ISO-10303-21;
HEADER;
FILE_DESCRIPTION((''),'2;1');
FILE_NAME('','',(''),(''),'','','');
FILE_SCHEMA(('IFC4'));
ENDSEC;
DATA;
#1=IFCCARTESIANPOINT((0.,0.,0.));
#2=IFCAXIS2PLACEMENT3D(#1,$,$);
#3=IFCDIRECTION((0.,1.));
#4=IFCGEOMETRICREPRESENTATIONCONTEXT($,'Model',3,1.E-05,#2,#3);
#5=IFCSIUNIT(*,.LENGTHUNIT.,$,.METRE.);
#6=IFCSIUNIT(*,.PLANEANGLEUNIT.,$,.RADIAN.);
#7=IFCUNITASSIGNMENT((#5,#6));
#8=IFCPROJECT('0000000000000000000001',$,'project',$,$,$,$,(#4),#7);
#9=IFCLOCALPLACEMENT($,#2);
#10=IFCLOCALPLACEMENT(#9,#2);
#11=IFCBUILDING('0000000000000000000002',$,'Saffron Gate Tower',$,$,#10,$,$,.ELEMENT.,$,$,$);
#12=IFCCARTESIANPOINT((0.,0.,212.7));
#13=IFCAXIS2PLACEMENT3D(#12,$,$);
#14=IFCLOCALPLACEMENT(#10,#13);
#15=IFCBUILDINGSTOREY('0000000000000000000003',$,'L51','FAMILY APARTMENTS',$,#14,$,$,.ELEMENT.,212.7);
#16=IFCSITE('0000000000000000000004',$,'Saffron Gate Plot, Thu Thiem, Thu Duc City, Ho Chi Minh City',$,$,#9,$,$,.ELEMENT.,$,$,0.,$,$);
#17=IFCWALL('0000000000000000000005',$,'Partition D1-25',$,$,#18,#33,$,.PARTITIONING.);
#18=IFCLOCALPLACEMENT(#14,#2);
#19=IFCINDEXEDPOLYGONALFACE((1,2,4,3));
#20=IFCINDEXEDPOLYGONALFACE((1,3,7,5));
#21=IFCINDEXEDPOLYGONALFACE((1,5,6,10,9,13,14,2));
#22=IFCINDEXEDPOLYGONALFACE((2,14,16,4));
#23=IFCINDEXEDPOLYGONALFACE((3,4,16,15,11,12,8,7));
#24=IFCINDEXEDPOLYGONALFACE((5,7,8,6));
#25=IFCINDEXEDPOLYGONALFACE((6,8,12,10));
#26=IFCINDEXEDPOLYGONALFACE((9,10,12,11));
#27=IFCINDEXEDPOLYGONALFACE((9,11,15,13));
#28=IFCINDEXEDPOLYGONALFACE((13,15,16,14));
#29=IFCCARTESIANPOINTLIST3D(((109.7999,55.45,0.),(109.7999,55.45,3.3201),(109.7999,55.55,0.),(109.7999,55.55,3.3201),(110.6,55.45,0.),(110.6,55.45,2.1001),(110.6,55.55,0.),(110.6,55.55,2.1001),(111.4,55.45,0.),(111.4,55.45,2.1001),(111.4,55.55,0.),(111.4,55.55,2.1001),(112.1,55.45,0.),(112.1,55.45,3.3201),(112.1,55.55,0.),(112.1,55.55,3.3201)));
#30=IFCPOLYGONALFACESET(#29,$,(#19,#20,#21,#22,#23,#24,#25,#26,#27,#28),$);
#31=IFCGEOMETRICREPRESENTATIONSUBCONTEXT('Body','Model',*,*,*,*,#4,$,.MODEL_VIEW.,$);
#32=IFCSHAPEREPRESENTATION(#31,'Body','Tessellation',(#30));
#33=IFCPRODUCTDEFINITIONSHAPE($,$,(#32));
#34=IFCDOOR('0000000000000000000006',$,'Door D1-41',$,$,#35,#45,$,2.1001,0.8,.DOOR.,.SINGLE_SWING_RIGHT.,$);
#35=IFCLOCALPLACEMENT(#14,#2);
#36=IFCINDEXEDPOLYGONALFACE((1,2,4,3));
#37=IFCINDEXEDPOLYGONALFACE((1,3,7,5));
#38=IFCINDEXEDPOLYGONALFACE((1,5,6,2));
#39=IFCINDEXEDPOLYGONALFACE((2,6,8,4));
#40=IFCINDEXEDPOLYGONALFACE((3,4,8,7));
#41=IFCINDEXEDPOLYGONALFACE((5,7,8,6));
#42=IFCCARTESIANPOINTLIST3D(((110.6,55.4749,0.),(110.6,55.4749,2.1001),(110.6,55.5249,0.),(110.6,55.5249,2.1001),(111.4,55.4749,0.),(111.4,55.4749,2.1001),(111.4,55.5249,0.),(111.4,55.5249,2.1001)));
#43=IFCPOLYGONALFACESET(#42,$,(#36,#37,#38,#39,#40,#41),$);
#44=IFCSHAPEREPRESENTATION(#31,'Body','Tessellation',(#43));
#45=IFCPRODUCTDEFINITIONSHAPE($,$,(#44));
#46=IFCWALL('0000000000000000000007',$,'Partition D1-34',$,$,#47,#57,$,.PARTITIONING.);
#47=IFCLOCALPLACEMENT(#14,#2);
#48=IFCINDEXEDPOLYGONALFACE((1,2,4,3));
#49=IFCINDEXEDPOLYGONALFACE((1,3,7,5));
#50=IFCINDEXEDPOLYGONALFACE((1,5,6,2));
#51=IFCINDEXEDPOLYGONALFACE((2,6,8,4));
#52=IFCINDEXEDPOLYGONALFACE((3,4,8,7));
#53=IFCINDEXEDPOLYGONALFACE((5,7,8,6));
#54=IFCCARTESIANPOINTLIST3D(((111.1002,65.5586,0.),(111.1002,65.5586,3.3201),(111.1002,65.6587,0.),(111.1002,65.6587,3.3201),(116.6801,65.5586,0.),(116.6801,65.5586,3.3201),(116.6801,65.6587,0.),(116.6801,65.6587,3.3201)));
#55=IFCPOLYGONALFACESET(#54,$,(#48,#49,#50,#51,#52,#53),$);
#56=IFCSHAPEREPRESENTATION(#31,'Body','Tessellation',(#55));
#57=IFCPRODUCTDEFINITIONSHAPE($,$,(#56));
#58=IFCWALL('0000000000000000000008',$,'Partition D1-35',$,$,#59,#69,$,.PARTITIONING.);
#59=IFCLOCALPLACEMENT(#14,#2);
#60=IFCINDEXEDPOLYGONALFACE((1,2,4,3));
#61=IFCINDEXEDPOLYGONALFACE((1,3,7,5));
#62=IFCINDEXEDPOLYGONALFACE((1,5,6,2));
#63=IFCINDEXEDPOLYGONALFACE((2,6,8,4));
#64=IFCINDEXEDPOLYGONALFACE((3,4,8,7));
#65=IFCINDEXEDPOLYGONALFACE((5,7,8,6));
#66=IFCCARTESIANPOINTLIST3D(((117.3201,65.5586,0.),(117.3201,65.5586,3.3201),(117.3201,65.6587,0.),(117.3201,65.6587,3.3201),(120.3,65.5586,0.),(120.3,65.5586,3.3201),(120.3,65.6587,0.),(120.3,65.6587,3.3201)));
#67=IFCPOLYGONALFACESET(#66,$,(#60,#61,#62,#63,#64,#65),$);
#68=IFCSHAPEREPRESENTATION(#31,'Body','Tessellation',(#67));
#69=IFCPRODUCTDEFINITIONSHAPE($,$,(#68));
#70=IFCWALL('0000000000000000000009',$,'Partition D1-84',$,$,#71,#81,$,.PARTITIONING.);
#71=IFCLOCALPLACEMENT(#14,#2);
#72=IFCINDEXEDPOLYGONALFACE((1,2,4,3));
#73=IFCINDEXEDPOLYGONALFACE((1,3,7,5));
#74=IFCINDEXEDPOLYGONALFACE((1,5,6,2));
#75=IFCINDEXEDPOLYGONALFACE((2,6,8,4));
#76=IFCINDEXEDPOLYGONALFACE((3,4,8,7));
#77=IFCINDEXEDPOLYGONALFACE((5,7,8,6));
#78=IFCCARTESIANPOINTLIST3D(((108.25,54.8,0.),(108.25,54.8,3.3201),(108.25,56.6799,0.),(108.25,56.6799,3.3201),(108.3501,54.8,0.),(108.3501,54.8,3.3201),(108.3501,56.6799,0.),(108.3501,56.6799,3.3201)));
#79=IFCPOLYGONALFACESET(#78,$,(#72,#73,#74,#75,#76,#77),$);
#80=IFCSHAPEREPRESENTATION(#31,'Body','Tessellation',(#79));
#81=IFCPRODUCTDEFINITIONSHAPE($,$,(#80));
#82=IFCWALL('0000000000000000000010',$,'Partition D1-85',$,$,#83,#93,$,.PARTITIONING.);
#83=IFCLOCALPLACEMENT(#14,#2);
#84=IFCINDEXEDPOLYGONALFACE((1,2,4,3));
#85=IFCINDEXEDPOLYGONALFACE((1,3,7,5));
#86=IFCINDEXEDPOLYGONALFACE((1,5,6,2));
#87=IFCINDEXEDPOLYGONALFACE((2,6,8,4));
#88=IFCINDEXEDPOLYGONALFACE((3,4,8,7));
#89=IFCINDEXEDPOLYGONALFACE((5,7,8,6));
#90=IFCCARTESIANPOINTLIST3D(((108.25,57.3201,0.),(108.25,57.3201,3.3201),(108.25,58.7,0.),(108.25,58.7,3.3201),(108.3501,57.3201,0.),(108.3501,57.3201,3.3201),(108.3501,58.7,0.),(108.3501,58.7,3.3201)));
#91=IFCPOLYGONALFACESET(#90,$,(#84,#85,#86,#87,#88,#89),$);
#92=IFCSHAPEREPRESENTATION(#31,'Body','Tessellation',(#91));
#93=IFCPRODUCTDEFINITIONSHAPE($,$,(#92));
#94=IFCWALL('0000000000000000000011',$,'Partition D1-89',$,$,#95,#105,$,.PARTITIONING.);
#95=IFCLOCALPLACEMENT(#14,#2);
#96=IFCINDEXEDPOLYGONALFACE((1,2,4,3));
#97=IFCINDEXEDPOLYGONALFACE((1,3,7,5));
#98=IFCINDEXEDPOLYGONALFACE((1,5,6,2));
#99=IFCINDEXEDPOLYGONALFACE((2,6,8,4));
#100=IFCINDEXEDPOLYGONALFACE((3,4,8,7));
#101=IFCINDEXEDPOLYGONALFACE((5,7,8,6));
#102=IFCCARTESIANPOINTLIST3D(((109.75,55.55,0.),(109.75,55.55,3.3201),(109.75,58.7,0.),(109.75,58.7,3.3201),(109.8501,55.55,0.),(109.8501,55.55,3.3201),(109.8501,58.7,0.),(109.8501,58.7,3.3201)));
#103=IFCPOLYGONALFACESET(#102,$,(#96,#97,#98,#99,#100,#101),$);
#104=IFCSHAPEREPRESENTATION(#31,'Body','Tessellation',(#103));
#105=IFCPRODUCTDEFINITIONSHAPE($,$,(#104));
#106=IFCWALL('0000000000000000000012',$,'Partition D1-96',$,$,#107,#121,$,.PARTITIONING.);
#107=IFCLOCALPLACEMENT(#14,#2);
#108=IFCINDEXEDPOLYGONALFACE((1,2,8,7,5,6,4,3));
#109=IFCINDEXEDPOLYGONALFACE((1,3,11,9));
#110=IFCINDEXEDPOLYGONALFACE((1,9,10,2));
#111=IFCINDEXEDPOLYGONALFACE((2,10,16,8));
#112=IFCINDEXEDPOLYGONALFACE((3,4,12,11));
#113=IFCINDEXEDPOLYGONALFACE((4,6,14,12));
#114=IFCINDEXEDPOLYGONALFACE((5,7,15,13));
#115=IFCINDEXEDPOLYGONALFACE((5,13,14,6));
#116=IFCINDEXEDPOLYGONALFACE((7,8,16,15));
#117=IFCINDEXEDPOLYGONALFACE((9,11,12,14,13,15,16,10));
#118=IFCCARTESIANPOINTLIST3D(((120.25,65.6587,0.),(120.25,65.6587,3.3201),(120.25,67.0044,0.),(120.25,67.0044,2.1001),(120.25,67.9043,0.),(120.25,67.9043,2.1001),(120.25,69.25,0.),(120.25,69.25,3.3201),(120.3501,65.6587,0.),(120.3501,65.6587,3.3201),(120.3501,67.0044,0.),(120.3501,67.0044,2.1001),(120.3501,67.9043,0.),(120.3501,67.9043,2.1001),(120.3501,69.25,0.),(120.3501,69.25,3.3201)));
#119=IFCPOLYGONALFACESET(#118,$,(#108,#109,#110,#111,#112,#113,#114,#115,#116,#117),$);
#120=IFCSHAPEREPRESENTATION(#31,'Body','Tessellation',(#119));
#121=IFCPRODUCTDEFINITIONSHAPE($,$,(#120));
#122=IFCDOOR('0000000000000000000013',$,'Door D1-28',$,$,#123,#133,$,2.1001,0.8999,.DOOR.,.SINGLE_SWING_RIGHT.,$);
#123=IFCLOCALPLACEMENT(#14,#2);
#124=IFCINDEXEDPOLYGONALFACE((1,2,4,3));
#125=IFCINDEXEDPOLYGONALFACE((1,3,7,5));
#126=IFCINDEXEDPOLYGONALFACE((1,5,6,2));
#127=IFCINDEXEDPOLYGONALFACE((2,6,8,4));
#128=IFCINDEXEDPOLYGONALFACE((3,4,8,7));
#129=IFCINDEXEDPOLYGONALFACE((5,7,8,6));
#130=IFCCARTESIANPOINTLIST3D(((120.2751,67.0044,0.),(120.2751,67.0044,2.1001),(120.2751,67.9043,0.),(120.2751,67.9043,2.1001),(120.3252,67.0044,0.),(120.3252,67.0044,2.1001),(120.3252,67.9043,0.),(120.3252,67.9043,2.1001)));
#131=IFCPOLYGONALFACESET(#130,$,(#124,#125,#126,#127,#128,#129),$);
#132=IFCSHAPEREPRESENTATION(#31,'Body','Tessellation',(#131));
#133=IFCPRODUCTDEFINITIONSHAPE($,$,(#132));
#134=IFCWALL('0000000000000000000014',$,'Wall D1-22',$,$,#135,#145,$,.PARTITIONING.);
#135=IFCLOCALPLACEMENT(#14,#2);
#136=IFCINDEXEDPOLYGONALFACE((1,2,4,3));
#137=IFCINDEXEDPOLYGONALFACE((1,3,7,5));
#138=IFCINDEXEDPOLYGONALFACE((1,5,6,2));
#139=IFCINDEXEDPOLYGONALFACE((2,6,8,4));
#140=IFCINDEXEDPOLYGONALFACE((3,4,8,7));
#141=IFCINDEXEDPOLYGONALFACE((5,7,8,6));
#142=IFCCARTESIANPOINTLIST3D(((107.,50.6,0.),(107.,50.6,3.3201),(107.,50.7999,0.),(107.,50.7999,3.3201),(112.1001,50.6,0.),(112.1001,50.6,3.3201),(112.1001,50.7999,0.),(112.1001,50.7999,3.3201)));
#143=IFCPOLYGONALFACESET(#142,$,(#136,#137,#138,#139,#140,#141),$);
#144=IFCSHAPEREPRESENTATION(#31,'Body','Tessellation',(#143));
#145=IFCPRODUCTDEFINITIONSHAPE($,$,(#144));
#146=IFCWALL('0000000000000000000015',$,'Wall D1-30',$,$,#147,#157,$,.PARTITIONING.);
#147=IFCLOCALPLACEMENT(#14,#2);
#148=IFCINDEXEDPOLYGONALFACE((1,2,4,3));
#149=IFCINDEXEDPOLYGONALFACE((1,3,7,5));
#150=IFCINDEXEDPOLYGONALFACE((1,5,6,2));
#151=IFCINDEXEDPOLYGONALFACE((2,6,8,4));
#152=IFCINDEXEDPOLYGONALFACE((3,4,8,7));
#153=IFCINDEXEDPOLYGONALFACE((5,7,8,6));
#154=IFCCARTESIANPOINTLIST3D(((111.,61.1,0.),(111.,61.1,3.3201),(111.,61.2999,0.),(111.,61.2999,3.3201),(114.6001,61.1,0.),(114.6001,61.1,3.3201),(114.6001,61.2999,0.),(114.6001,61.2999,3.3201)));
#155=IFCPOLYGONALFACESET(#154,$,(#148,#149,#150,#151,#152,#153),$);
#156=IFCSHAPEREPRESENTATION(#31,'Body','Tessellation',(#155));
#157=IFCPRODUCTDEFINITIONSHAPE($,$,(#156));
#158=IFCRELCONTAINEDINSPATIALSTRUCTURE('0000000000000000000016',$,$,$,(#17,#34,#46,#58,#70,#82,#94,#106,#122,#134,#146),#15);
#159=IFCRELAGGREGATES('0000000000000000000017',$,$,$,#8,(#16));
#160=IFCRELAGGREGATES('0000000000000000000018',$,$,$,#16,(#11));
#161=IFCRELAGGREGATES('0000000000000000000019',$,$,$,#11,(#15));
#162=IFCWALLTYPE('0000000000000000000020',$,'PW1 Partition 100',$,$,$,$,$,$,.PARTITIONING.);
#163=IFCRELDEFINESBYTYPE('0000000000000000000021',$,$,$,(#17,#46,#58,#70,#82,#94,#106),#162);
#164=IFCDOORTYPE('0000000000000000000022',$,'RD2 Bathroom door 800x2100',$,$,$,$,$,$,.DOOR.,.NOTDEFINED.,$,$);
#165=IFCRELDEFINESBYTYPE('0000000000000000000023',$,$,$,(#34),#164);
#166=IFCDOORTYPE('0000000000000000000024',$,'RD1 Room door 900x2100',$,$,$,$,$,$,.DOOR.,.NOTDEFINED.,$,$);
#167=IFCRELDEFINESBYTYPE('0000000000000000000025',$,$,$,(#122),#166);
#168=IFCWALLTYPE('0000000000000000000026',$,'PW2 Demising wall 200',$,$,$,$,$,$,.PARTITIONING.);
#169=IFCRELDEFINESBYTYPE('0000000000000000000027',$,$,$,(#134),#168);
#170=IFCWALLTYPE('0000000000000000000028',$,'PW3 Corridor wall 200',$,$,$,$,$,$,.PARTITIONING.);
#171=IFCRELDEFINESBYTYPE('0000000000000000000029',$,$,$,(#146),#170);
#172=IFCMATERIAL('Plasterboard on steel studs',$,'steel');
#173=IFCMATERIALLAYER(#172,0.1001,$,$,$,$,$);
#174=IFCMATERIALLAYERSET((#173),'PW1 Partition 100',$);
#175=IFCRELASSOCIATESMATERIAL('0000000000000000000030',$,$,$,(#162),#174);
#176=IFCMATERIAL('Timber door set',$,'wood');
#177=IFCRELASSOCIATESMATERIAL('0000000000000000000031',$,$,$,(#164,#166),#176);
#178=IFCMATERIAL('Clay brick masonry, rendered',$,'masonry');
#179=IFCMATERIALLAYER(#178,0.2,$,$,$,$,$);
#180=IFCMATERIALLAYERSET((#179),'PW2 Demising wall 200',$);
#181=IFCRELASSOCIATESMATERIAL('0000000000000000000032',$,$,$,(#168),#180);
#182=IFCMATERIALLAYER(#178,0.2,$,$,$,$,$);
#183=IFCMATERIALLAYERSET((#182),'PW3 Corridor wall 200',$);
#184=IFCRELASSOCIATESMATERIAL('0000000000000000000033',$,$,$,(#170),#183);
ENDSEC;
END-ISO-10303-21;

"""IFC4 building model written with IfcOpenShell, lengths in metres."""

from ifc_helpers import new_model, si_unit, direction, frame, frame_2d, origin, place, context, subcontext, project, spatial, rectangle, extrude, material, layer, layer_set, type_object, element, fill, save


model = new_model("IFC4")

# Units and contexts
model_context = context("Model", 3, precision=1e-05, world=origin(), true_north=direction((0.0, 1.0)))
body_context = subcontext(model_context, "Body", "Model", "MODEL_VIEW")
ifc_project = project(units=[si_unit("LENGTHUNIT", "METRE"), si_unit("PLANEANGLEUNIT", "RADIAN")], contexts=[model_context])

# Site, building, storey
site_placement = place(None, origin())
site = spatial("IfcSite", under=ifc_project, at=site_placement, Name="Saffron Gate Plot, Thu Thiem, Thu Duc City, Ho Chi Minh City", CompositionType="ELEMENT", RefElevation=0.0)
building_placement = place(site_placement, origin())
building = spatial("IfcBuilding", under=site, at=building_placement, Name="Saffron Gate Tower", CompositionType="ELEMENT")
storey_placement = place(building_placement, frame((0.0, 0.0, 212.7)))
storey = spatial("IfcBuildingStorey", under=building, at=storey_placement, Name="L51", Description="FAMILY APARTMENTS", CompositionType="ELEMENT", Elevation=212.7)

# Wall, opening, door
ifc_material_1 = material(Name="Plasterboard on steel studs", Category="steel")
ifc_layer_1 = layer(ifc_material_1, 0.1001)
ifc_layer_set_1 = layer_set([ifc_layer_1], Name="PW1 Partition 100")
wall_type_1 = type_object("IfcWallType", Name="PW1 Partition 100", PredefinedType="PARTITIONING", material=ifc_layer_set_1)
wall_1_placement = place(storey_placement, frame((109.8, 55.5, 0.0), z_axis=(0.0, 0.0, 1.0), x_axis=(1.0, 0.0, 0.0)))
wall_1 = element("IfcWall", 1, at=wall_1_placement, inside=storey, type_object=wall_type_1, Name="Partition D1-25", PredefinedType="PARTITIONING", context=body_context, shape_type="SweptSolid", body=[
    extrude(rectangle(XDim=2.3, YDim=0.1001, at=frame_2d((1.1499, 0.0))), origin(), (0.0, 0.0, 1.0), 3.3201),
])
opening_1_placement = place(wall_1_placement, frame((0.8, 0.0, 0.0)))
opening_1 = element("IfcOpeningElement", 2, at=opening_1_placement, cuts=wall_1, PredefinedType="OPENING", context=body_context, shape_type="SweptSolid", body=[
    extrude(rectangle(XDim=0.8, YDim=2.1001, at=frame_2d((0.3999, 1.05))), frame((0.0, 0.0601, 0.0), z_axis=(0.0, -1.0, 0.0), x_axis=(1.0, 0.0, 0.0)), (0.0, 0.0, 1.0), 0.1201),
])
ifc_material_2 = material(Name="Timber door set", Category="wood")
door_type_1 = type_object("IfcDoorType", Name="RD2 Bathroom door 800x2100", OperationType="NOTDEFINED", PredefinedType="DOOR", material=ifc_material_2)
door_1_placement = place(opening_1_placement, origin())
door_1 = element("IfcDoor", 3, at=door_1_placement, inside=storey, type_object=door_type_1, Name="Door D1-41", OperationType="SINGLE_SWING_RIGHT", OverallHeight=2.1001, OverallWidth=0.8, PredefinedType="DOOR", context=body_context, shape_type="SweptSolid", body=[
    extrude(rectangle(XDim=0.8, YDim=2.1001, at=frame_2d((0.3999, 1.05))), frame((0.0, 0.0249, 0.0), z_axis=(0.0, -1.0, 0.0), x_axis=(1.0, 0.0, 0.0)), (0.0, 0.0, 1.0), 0.05),
])
fill(opening_1, door_1)

# Walls
wall_2_placement = place(storey_placement, frame((111.1001, 65.6086, 0.0), z_axis=(0.0, 0.0, 1.0), x_axis=(1.0, 0.0, 0.0)))
element("IfcWall", 4, at=wall_2_placement, inside=storey, type_object=wall_type_1, Name="Partition D1-34", PredefinedType="PARTITIONING", context=body_context, shape_type="SweptSolid", body=[
    extrude(rectangle(XDim=5.5798, YDim=0.1001, at=frame_2d((2.79, 0.0))), origin(), (0.0, 0.0, 1.0), 3.3201),
])
wall_3_placement = place(storey_placement, frame((117.3201, 65.6086, 0.0), z_axis=(0.0, 0.0, 1.0), x_axis=(1.0, 0.0, 0.0)))
element("IfcWall", 5, at=wall_3_placement, inside=storey, type_object=wall_type_1, Name="Partition D1-35", PredefinedType="PARTITIONING", context=body_context, shape_type="SweptSolid", body=[
    extrude(rectangle(XDim=2.98, YDim=0.1001, at=frame_2d((1.49, 0.0))), origin(), (0.0, 0.0, 1.0), 3.3201),
])
wall_4_placement = place(storey_placement, frame((108.3, 56.6799, 0.0), z_axis=(0.0, 0.0, 1.0), x_axis=(0.0, -1.0, 0.0)))
element("IfcWall", 6, at=wall_4_placement, inside=storey, type_object=wall_type_1, Name="Partition D1-84", PredefinedType="PARTITIONING", context=body_context, shape_type="SweptSolid", body=[
    extrude(rectangle(XDim=1.8799, YDim=0.1001, at=frame_2d((0.9399, 0.0))), origin(), (0.0, 0.0, 1.0), 3.3201),
])
wall_5_placement = place(storey_placement, frame((108.3, 58.7, 0.0), z_axis=(0.0, 0.0, 1.0), x_axis=(0.0, -1.0, 0.0)))
element("IfcWall", 7, at=wall_5_placement, inside=storey, type_object=wall_type_1, Name="Partition D1-85", PredefinedType="PARTITIONING", context=body_context, shape_type="SweptSolid", body=[
    extrude(rectangle(XDim=1.3799, YDim=0.1001, at=frame_2d((0.6899, 0.0))), origin(), (0.0, 0.0, 1.0), 3.3201),
])
wall_6_placement = place(storey_placement, frame((109.8, 58.7, 0.0), z_axis=(0.0, 0.0, 1.0), x_axis=(0.0, -1.0, 0.0)))
element("IfcWall", 8, at=wall_6_placement, inside=storey, type_object=wall_type_1, Name="Partition D1-89", PredefinedType="PARTITIONING", context=body_context, shape_type="SweptSolid", body=[
    extrude(rectangle(XDim=3.1499, YDim=0.1001, at=frame_2d((1.575, 0.0))), origin(), (0.0, 0.0, 1.0), 3.3201),
])

# Wall, opening, door
wall_7_placement = place(storey_placement, frame((120.3, 65.6587, 0.0), z_axis=(0.0, 0.0, 1.0), x_axis=(0.0, 1.0, 0.0)))
wall_7 = element("IfcWall", 9, at=wall_7_placement, inside=storey, type_object=wall_type_1, Name="Partition D1-96", PredefinedType="PARTITIONING", context=body_context, shape_type="SweptSolid", body=[
    extrude(rectangle(XDim=3.5913, YDim=0.1001, at=frame_2d((1.7957, 0.0))), origin(), (0.0, 0.0, 1.0), 3.3201),
])
opening_2_placement = place(wall_7_placement, frame((1.3457, 0.0, 0.0)))
opening_2 = element("IfcOpeningElement", 10, at=opening_2_placement, cuts=wall_7, PredefinedType="OPENING", context=body_context, shape_type="SweptSolid", body=[
    extrude(rectangle(XDim=0.8999, YDim=2.1001, at=frame_2d((0.45, 1.05))), frame((0.0, 0.0601, 0.0), z_axis=(0.0, -1.0, 0.0), x_axis=(1.0, 0.0, 0.0)), (0.0, 0.0, 1.0), 0.1201),
])
door_type_2 = type_object("IfcDoorType", Name="RD1 Room door 900x2100", OperationType="NOTDEFINED", PredefinedType="DOOR", material=ifc_material_2)
door_2_placement = place(opening_2_placement, origin())
door_2 = element("IfcDoor", 11, at=door_2_placement, inside=storey, type_object=door_type_2, Name="Door D1-28", OperationType="SINGLE_SWING_RIGHT", OverallHeight=2.1001, OverallWidth=0.8999, PredefinedType="DOOR", context=body_context, shape_type="SweptSolid", body=[
    extrude(rectangle(XDim=0.8999, YDim=2.1001, at=frame_2d((0.45, 1.05))), frame((0.0, 0.0249, 0.0), z_axis=(0.0, -1.0, 0.0), x_axis=(1.0, 0.0, 0.0)), (0.0, 0.0, 1.0), 0.05),
])
fill(opening_2, door_2)

# Walls
ifc_material_3 = material(Name="Clay brick masonry, rendered", Category="masonry")
ifc_layer_2 = layer(ifc_material_3, 0.2)
ifc_layer_set_2 = layer_set([ifc_layer_2], Name="PW2 Demising wall 200")
wall_type_2 = type_object("IfcWallType", Name="PW2 Demising wall 200", PredefinedType="PARTITIONING", material=ifc_layer_set_2)
wall_8_placement = place(storey_placement, frame((107.0, 50.7, 0.0), z_axis=(0.0, 0.0, 1.0), x_axis=(1.0, 0.0, 0.0)))
element("IfcWall", 12, at=wall_8_placement, inside=storey, type_object=wall_type_2, Name="Wall D1-22", PredefinedType="PARTITIONING", context=body_context, shape_type="SweptSolid", body=[
    extrude(rectangle(XDim=5.1001, YDim=0.2, at=frame_2d((2.55, 0.0))), origin(), (0.0, 0.0, 1.0), 3.3201),
])
ifc_layer_3 = layer(ifc_material_3, 0.2)
ifc_layer_set_3 = layer_set([ifc_layer_3], Name="PW3 Corridor wall 200")
wall_type_3 = type_object("IfcWallType", Name="PW3 Corridor wall 200", PredefinedType="PARTITIONING", material=ifc_layer_set_3)
wall_9_placement = place(storey_placement, frame((111.0, 61.2, 0.0), z_axis=(0.0, 0.0, 1.0), x_axis=(1.0, 0.0, 0.0)))
element("IfcWall", 13, at=wall_9_placement, inside=storey, type_object=wall_type_3, Name="Wall D1-30", PredefinedType="PARTITIONING", context=body_context, shape_type="SweptSolid", body=[
    extrude(rectangle(XDim=3.6001, YDim=0.2, at=frame_2d((1.8, 0.0))), origin(), (0.0, 0.0, 1.0), 3.3201),
])

save(model, "model.ifc")
